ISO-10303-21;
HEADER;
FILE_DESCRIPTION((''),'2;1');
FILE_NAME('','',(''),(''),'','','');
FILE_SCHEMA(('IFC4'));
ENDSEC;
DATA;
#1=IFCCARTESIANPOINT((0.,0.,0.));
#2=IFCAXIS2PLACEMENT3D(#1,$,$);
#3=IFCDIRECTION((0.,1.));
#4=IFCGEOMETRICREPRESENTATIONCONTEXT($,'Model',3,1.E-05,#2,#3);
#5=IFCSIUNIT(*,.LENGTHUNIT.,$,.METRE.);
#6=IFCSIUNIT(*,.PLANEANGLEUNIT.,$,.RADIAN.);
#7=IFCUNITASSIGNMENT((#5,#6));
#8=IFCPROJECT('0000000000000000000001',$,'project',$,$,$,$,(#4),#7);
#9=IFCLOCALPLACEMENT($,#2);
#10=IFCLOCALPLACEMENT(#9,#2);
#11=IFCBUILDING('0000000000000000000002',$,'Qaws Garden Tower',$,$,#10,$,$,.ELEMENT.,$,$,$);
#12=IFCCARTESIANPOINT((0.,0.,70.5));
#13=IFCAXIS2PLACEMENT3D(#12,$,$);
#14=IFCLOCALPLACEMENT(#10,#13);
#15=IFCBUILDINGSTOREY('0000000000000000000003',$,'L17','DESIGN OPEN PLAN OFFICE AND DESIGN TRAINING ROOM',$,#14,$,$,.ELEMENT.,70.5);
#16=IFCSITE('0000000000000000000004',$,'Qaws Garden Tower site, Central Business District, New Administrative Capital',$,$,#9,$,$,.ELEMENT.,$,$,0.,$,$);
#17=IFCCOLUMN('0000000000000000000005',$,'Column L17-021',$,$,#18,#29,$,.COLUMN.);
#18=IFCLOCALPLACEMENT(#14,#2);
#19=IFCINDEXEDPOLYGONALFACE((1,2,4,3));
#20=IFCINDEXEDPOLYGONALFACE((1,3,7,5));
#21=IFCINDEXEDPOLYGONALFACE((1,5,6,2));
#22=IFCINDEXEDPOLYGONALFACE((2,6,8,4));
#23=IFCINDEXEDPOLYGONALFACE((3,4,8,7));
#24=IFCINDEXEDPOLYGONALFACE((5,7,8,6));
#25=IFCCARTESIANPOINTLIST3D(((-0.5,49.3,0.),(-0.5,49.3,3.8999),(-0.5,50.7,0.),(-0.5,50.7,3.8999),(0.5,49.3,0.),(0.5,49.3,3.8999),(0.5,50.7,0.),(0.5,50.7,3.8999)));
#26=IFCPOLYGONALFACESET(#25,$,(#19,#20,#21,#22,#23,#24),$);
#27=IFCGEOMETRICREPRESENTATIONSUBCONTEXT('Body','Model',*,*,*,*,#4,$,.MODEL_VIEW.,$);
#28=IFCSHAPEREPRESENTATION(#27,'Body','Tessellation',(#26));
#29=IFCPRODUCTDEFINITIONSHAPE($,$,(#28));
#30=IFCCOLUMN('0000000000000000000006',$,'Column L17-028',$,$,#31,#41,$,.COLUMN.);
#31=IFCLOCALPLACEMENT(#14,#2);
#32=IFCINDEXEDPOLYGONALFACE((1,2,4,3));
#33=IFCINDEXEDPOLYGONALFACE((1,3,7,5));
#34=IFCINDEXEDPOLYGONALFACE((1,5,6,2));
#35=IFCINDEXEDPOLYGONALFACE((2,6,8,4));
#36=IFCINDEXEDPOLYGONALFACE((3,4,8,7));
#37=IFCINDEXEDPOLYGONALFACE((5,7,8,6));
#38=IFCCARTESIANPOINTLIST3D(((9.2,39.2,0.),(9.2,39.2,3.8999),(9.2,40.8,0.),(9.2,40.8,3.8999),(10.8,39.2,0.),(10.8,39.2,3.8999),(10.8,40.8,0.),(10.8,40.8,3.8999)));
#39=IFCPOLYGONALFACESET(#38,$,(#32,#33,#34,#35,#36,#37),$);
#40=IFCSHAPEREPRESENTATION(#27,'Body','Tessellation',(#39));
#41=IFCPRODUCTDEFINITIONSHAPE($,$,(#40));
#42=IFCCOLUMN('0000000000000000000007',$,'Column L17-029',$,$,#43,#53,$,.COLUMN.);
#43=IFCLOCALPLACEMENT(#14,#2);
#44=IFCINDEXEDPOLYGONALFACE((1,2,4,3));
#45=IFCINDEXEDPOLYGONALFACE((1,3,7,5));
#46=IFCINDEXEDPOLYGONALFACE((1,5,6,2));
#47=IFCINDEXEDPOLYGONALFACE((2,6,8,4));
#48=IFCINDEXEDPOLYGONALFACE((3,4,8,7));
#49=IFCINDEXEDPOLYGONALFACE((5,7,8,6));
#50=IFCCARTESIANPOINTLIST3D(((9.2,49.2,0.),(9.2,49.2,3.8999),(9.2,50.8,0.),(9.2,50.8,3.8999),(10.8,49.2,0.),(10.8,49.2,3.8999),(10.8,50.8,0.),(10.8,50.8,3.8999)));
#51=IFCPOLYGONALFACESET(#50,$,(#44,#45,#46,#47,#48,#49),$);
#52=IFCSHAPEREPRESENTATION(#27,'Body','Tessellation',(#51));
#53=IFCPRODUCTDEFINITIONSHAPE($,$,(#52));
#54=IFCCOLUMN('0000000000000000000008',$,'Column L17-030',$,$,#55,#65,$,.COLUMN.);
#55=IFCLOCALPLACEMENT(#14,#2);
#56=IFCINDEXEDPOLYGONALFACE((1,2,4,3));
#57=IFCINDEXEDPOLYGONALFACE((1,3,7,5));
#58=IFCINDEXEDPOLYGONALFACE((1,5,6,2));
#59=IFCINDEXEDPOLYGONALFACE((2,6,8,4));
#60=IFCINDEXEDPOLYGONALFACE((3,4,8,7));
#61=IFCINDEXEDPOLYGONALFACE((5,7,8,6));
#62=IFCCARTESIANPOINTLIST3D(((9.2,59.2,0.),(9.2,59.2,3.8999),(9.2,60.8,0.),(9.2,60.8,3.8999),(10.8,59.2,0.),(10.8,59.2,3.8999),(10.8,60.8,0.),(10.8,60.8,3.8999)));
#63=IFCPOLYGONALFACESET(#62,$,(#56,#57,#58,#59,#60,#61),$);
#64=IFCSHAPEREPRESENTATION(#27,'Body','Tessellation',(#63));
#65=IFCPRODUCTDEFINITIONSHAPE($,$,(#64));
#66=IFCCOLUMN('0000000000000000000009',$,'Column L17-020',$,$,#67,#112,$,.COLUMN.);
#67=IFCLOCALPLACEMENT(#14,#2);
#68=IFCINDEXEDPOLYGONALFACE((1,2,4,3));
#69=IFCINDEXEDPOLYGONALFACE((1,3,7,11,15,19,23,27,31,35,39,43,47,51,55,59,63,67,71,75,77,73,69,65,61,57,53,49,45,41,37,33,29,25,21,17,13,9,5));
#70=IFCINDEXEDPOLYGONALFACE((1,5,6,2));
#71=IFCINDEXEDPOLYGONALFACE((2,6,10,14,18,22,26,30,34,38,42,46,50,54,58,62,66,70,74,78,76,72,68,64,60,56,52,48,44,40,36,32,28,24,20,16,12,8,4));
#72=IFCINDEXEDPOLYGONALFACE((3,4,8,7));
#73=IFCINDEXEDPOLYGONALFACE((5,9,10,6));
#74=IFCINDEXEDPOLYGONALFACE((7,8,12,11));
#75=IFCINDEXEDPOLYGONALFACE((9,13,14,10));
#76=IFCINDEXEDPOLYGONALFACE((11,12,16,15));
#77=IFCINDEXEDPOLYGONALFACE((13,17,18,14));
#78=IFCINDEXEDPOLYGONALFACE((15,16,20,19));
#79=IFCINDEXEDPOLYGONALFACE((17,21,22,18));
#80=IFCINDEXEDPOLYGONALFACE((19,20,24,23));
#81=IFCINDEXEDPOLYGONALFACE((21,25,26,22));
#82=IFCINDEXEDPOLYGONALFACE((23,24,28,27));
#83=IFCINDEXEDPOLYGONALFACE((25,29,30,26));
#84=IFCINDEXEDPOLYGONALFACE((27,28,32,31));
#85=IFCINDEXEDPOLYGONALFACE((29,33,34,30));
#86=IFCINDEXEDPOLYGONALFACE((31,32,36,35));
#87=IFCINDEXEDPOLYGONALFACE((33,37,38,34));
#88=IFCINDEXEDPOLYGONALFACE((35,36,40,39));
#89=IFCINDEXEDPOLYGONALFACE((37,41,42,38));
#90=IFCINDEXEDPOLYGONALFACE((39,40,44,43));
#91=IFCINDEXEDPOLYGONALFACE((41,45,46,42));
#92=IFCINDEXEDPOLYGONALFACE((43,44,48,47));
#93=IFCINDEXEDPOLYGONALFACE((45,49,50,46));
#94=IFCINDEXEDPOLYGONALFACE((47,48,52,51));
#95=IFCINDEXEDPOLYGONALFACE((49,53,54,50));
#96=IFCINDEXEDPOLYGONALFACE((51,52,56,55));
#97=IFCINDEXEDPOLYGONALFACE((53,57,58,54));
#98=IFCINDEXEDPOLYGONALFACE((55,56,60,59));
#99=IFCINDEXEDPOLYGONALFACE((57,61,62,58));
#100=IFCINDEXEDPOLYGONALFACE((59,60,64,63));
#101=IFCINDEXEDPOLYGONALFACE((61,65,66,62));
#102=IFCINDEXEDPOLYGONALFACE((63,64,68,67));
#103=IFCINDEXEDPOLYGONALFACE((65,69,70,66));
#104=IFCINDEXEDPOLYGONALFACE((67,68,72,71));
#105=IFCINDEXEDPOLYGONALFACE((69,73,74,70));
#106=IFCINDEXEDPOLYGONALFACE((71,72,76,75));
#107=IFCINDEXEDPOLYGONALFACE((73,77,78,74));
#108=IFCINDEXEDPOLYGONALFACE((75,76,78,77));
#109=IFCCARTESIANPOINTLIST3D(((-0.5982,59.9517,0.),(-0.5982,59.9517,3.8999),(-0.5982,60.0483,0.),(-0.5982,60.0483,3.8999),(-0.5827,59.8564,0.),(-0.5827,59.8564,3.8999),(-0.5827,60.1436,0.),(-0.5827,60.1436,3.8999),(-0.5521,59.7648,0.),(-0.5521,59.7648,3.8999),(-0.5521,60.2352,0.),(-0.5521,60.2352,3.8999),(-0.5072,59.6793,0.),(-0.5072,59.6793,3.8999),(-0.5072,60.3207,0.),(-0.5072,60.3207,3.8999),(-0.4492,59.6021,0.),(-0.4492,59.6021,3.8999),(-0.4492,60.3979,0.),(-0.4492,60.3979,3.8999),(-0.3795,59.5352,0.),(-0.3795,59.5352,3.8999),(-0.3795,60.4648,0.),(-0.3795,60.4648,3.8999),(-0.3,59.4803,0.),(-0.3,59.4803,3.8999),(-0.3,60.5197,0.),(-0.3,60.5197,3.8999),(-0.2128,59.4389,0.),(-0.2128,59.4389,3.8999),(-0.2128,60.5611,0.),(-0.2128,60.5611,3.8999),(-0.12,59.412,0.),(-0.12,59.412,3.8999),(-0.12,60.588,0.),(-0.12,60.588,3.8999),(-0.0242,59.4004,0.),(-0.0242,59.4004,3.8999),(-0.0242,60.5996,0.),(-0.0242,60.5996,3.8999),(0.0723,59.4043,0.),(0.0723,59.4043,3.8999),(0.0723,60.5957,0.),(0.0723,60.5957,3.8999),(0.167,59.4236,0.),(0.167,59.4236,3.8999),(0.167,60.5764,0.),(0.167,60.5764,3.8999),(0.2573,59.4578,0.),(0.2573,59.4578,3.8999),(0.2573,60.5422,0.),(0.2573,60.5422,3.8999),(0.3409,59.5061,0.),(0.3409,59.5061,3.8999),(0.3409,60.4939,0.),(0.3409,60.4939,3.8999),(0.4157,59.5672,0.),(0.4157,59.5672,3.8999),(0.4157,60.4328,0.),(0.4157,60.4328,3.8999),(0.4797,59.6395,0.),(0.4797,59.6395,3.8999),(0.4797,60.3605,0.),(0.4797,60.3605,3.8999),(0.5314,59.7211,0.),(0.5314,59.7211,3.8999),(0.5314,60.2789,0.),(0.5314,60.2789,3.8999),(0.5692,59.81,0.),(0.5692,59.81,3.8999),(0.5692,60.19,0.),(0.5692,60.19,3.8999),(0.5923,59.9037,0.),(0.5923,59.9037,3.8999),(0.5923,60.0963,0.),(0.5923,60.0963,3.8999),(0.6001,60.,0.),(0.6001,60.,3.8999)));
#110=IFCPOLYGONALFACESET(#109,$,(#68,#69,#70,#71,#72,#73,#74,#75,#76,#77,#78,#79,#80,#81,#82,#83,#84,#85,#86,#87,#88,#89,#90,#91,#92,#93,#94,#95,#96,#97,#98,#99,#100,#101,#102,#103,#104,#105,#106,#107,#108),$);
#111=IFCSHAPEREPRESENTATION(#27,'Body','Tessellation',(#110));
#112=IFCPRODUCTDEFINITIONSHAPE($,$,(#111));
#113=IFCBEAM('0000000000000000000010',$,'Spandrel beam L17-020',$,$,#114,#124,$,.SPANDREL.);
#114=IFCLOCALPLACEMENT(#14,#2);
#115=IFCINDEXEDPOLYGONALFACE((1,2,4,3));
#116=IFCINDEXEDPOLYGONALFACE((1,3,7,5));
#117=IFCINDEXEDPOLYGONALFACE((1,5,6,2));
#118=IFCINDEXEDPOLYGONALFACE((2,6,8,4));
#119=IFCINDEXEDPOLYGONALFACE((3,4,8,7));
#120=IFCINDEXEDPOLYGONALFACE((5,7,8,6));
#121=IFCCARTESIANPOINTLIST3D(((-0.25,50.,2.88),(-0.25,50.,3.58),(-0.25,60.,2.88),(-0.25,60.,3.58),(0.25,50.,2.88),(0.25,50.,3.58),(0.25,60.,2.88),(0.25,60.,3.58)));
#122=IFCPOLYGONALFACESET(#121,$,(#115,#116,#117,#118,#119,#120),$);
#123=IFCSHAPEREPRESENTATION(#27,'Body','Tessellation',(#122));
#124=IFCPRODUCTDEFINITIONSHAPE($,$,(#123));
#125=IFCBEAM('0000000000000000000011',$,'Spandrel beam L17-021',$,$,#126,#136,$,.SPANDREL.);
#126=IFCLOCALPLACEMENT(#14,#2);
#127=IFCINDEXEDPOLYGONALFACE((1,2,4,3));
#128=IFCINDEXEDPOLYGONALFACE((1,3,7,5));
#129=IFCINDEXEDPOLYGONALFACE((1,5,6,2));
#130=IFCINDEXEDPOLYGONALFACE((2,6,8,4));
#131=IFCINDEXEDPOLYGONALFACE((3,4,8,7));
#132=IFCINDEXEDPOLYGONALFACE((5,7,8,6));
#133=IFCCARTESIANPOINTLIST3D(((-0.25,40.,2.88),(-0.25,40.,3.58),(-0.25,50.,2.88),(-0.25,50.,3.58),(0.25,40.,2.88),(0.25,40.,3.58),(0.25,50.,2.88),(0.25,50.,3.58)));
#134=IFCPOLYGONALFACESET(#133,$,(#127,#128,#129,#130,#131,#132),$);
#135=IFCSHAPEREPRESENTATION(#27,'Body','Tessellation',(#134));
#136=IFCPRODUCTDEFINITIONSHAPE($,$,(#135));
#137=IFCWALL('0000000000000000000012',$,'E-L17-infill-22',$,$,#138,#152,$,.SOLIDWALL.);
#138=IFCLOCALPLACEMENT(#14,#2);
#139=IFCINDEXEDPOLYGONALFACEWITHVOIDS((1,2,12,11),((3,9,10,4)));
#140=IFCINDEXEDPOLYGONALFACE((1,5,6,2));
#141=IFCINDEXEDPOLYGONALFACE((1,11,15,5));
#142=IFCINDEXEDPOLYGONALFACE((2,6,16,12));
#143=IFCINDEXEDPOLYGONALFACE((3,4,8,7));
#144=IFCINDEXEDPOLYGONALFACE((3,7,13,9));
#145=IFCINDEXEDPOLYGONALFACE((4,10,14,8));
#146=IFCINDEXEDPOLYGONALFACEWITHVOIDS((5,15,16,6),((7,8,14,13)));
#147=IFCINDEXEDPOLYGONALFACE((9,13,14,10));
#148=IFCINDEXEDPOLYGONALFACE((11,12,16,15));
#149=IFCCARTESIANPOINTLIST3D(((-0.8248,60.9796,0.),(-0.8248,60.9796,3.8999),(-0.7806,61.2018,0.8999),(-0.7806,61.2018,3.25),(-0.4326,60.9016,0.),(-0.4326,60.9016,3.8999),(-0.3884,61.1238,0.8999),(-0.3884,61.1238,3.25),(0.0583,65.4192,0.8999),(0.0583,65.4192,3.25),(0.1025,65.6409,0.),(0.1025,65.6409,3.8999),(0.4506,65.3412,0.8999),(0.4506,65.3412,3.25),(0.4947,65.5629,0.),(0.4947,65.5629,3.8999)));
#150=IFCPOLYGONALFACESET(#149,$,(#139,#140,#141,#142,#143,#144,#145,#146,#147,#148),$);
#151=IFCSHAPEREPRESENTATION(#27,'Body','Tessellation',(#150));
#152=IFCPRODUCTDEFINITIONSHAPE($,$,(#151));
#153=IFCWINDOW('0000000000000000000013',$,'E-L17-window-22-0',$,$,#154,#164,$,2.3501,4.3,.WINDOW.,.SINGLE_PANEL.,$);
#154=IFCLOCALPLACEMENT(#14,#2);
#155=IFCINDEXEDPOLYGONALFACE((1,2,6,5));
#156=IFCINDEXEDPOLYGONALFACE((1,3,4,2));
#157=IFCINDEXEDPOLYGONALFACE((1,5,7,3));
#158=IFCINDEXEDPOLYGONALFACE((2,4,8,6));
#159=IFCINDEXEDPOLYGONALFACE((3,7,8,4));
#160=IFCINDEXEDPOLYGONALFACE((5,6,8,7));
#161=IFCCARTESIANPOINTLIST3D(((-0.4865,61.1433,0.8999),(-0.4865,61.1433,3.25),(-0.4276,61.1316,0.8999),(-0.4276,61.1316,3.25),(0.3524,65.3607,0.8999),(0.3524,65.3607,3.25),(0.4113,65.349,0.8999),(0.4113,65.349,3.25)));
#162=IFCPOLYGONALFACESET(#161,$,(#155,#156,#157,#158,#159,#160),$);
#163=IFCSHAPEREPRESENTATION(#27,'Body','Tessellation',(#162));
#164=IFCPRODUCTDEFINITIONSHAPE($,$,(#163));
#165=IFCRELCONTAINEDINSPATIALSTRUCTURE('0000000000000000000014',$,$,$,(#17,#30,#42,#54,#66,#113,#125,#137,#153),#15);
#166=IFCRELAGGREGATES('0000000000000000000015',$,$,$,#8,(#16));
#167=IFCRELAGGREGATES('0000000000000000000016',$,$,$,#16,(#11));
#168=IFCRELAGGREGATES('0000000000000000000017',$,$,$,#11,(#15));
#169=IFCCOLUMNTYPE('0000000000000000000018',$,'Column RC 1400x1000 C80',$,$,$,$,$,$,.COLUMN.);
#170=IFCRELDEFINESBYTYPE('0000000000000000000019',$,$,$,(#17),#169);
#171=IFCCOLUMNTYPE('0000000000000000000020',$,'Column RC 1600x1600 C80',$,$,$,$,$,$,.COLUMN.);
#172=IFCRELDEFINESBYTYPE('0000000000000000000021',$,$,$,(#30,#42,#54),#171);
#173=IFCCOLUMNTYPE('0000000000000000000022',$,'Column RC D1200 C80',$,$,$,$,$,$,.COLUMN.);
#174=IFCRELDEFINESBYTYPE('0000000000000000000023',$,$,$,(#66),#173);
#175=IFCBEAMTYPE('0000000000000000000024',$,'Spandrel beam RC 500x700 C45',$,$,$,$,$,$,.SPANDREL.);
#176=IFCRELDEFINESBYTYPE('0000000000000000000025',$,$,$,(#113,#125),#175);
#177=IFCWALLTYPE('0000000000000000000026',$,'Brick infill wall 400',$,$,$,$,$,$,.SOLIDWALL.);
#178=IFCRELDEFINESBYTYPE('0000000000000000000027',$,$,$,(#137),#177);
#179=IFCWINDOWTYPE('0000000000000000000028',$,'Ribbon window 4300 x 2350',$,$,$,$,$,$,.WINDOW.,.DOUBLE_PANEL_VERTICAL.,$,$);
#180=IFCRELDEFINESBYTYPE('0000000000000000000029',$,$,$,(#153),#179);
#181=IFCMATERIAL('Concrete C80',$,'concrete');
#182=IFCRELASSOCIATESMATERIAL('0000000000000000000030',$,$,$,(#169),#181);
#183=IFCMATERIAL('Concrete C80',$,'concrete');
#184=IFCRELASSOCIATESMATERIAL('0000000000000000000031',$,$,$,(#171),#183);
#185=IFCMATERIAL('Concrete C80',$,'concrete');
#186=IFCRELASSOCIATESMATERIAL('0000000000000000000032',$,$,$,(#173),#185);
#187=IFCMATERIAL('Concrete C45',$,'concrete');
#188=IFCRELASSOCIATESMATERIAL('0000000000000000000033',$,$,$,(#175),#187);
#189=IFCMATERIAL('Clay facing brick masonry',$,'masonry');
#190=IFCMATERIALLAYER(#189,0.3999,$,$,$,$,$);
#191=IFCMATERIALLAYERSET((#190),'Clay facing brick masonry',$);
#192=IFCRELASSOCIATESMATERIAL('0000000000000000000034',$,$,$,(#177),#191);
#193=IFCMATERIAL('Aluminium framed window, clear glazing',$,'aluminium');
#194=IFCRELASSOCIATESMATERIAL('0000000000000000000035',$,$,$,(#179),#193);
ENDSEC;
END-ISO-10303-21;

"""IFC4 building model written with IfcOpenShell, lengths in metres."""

from ifc_helpers import new_model, si_unit, direction, frame, frame_2d, origin, origin_2d, place, context, subcontext, project, spatial, rectangle, circle, extrude, material, layer, layer_set, material_profile, profile_set, type_object, element, fill, save


model = new_model("IFC4")

# Units and contexts
model_context = context("Model", 3, precision=1e-05, world=origin(), true_north=direction((0.0, 1.0)))
body_context = subcontext(model_context, "Body", "Model", "MODEL_VIEW")
ifc_project = project(units=[si_unit("LENGTHUNIT", "METRE"), si_unit("PLANEANGLEUNIT", "RADIAN")], contexts=[model_context])

# Site, building, storey
site_placement = place(None, origin())
site = spatial("IfcSite", under=ifc_project, at=site_placement, Name="Qaws Garden Tower site, Central Business District, New Administrative Capital", CompositionType="ELEMENT", RefElevation=0.0)
building_placement = place(site_placement, origin())
building = spatial("IfcBuilding", under=site, at=building_placement, Name="Qaws Garden Tower", CompositionType="ELEMENT")
storey_placement = place(building_placement, frame((0.0, 0.0, 70.5)))
storey = spatial("IfcBuildingStorey", under=building, at=storey_placement, Name="L17", Description="DESIGN OPEN PLAN OFFICE AND DESIGN TRAINING ROOM", CompositionType="ELEMENT", Elevation=70.5)

# Columns
ifc_material_1 = material(Name="Concrete C80", Category="concrete")
ifc_material_profile_1 = material_profile(ifc_material_1, rectangle(XDim=1.3999, YDim=1.0, at=origin_2d()), Name="RC 1400x1000")
ifc_profile_set_1 = profile_set([ifc_material_profile_1], Name="Concrete C80")
column_type_1 = type_object("IfcColumnType", Name="Column RC 1400x1000 C80", PredefinedType="COLUMN", material=ifc_profile_set_1)
column_1_placement = place(storey_placement, frame((0.0, 50.0, 0.0), z_axis=(0.0, 0.0, 1.0), x_axis=(0.0, 1.0, 0.0)))
element("IfcColumn", 1, at=column_1_placement, inside=storey, type_object=column_type_1, Name="Column L17-021", PredefinedType="COLUMN", context=body_context, shape_type="SweptSolid", body=[
    extrude(rectangle(XDim=1.3999, YDim=1.0, at=origin_2d()), origin(), (0.0, 0.0, 1.0), 3.8999),
])
ifc_material_2 = material(Name="Concrete C80", Category="concrete")
ifc_material_profile_2 = material_profile(ifc_material_2, rectangle(XDim=1.6001, YDim=1.6001, at=origin_2d()), Name="RC 1600x1600")
ifc_profile_set_2 = profile_set([ifc_material_profile_2], Name="Concrete C80")
column_type_2 = type_object("IfcColumnType", Name="Column RC 1600x1600 C80", PredefinedType="COLUMN", material=ifc_profile_set_2)
for number, where, z_axis, x_axis, name in (
    (2, (10.0, 40.0, 0.0), (0.0, 0.0, 1.0), (1.0, 0.0, 0.0), "Column L17-028"),
    (3, (10.0, 50.0, 0.0), (0.0, 0.0, 1.0), (1.0, 0.0, 0.0), "Column L17-029"),
    (4, (10.0, 60.0, 0.0), (0.0, 0.0, 1.0), (1.0, 0.0, 0.0), "Column L17-030"),
):
    element("IfcColumn", number, at=place(storey_placement, frame(where, z_axis=z_axis, x_axis=x_axis)), inside=storey, type_object=column_type_2, Name=name, PredefinedType="COLUMN", context=body_context, shape_type="SweptSolid", body=[
        extrude(rectangle(XDim=1.6001, YDim=1.6001, at=origin_2d()), origin(), (0.0, 0.0, 1.0), 3.8999),
    ])
ifc_material_3 = material(Name="Concrete C80", Category="concrete")
ifc_material_profile_3 = material_profile(ifc_material_3, circle(Radius=0.6001, at=origin_2d()), Name="RC D1200")
ifc_profile_set_3 = profile_set([ifc_material_profile_3], Name="Concrete C80")
column_type_3 = type_object("IfcColumnType", Name="Column RC D1200 C80", PredefinedType="COLUMN", material=ifc_profile_set_3)
column_2_placement = place(storey_placement, frame((0.0, 60.0, 0.0), z_axis=(0.0, 0.0, 1.0), x_axis=(1.0, 0.0, 0.0)))
element("IfcColumn", 5, at=column_2_placement, inside=storey, type_object=column_type_3, Name="Column L17-020", PredefinedType="COLUMN", context=body_context, shape_type="SweptSolid", body=[
    extrude(circle(Radius=0.6001, at=origin_2d()), origin(), (0.0, 0.0, 1.0), 3.8999),
])

# Beams
ifc_material_4 = material(Name="Concrete C45", Category="concrete")
ifc_material_profile_4 = material_profile(ifc_material_4, rectangle(XDim=0.5, YDim=0.7, at=origin_2d()), Name="RC 500x700")
ifc_profile_set_4 = profile_set([ifc_material_profile_4], Name="Concrete C45")
beam_type = type_object("IfcBeamType", Name="Spandrel beam RC 500x700 C45", PredefinedType="SPANDREL", material=ifc_profile_set_4)
for number, where, z_axis, x_axis, name in (
    (6, (0.0, 60.0, 3.23), (0.0, -1.0, 0.0), (1.0, 0.0, 0.0), "Spandrel beam L17-020"),
    (7, (0.0, 50.0, 3.23), (0.0, -1.0, 0.0), (1.0, 0.0, 0.0), "Spandrel beam L17-021"),
):
    element("IfcBeam", number, at=place(storey_placement, frame(where, z_axis=z_axis, x_axis=x_axis)), inside=storey, type_object=beam_type, Name=name, PredefinedType="SPANDREL", context=body_context, shape_type="SweptSolid", body=[
        extrude(rectangle(XDim=0.5, YDim=0.7, at=origin_2d()), origin(), (0.0, 0.0, 1.0), 10.0),
    ])

# Wall, opening, window
ifc_material_5 = material(Name="Clay facing brick masonry", Category="masonry")
ifc_layer_1 = layer(ifc_material_5, 0.3999)
ifc_layer_set_1 = layer_set([ifc_layer_1], Name="Clay facing brick masonry")
wall_type_1 = type_object("IfcWallType", Name="Brick infill wall 400", PredefinedType="SOLIDWALL", material=ifc_layer_set_1)
wall_1_placement = place(storey_placement, frame((0.2986, 65.6021, 0.0), z_axis=(0.0, 0.0, 1.0), x_axis=(-0.195099, -0.980784, 0.0)))
wall_1 = element("IfcWall", 8, at=wall_1_placement, inside=storey, type_object=wall_type_1, Name="E-L17-infill-22", PredefinedType="SOLIDWALL", context=body_context, shape_type="SweptSolid", body=[
    extrude(rectangle(XDim=4.7527, YDim=0.3999, at=frame_2d((2.3765, 0.0))), origin(), (0.0, 0.0, 1.0), 3.8999),
])
opening_1_placement = place(wall_1_placement, frame((0.2263, 0.0, 0.8999)))
opening_1 = element("IfcOpeningElement", 9, at=opening_1_placement, cuts=wall_1, PredefinedType="OPENING", context=body_context, shape_type="SweptSolid", body=[
    extrude(rectangle(XDim=4.3, YDim=2.3501, at=frame_2d((2.1499, 1.175))), frame((0.0, 0.21, 0.0), z_axis=(0.0, -1.0, 0.0), x_axis=(1.0, 0.0, 0.0)), (0.0, 0.0, 1.0), 0.4199),
])
ifc_material_6 = material(Name="Aluminium framed window, clear glazing", Category="aluminium")
window_type_1 = type_object("IfcWindowType", Name="Ribbon window 4300 x 2350", PartitioningType="DOUBLE_PANEL_VERTICAL", PredefinedType="WINDOW", material=ifc_material_6)
window_1_placement = place(opening_1_placement, origin())
window_1 = element("IfcWindow", 10, at=window_1_placement, inside=storey, type_object=window_type_1, Name="E-L17-window-22-0", OverallHeight=2.3501, OverallWidth=4.3, PartitioningType="SINGLE_PANEL", PredefinedType="WINDOW", context=body_context, shape_type="SweptSolid", body=[
    extrude(rectangle(XDim=4.3, YDim=2.3501, at=frame_2d((2.1499, 1.175))), frame((0.0, 0.1599, 0.0), z_axis=(0.0, -1.0, 0.0), x_axis=(1.0, 0.0, 0.0)), (0.0, 0.0, 1.0), 0.0601),
])
fill(opening_1, window_1)

save(model, "model.ifc")
